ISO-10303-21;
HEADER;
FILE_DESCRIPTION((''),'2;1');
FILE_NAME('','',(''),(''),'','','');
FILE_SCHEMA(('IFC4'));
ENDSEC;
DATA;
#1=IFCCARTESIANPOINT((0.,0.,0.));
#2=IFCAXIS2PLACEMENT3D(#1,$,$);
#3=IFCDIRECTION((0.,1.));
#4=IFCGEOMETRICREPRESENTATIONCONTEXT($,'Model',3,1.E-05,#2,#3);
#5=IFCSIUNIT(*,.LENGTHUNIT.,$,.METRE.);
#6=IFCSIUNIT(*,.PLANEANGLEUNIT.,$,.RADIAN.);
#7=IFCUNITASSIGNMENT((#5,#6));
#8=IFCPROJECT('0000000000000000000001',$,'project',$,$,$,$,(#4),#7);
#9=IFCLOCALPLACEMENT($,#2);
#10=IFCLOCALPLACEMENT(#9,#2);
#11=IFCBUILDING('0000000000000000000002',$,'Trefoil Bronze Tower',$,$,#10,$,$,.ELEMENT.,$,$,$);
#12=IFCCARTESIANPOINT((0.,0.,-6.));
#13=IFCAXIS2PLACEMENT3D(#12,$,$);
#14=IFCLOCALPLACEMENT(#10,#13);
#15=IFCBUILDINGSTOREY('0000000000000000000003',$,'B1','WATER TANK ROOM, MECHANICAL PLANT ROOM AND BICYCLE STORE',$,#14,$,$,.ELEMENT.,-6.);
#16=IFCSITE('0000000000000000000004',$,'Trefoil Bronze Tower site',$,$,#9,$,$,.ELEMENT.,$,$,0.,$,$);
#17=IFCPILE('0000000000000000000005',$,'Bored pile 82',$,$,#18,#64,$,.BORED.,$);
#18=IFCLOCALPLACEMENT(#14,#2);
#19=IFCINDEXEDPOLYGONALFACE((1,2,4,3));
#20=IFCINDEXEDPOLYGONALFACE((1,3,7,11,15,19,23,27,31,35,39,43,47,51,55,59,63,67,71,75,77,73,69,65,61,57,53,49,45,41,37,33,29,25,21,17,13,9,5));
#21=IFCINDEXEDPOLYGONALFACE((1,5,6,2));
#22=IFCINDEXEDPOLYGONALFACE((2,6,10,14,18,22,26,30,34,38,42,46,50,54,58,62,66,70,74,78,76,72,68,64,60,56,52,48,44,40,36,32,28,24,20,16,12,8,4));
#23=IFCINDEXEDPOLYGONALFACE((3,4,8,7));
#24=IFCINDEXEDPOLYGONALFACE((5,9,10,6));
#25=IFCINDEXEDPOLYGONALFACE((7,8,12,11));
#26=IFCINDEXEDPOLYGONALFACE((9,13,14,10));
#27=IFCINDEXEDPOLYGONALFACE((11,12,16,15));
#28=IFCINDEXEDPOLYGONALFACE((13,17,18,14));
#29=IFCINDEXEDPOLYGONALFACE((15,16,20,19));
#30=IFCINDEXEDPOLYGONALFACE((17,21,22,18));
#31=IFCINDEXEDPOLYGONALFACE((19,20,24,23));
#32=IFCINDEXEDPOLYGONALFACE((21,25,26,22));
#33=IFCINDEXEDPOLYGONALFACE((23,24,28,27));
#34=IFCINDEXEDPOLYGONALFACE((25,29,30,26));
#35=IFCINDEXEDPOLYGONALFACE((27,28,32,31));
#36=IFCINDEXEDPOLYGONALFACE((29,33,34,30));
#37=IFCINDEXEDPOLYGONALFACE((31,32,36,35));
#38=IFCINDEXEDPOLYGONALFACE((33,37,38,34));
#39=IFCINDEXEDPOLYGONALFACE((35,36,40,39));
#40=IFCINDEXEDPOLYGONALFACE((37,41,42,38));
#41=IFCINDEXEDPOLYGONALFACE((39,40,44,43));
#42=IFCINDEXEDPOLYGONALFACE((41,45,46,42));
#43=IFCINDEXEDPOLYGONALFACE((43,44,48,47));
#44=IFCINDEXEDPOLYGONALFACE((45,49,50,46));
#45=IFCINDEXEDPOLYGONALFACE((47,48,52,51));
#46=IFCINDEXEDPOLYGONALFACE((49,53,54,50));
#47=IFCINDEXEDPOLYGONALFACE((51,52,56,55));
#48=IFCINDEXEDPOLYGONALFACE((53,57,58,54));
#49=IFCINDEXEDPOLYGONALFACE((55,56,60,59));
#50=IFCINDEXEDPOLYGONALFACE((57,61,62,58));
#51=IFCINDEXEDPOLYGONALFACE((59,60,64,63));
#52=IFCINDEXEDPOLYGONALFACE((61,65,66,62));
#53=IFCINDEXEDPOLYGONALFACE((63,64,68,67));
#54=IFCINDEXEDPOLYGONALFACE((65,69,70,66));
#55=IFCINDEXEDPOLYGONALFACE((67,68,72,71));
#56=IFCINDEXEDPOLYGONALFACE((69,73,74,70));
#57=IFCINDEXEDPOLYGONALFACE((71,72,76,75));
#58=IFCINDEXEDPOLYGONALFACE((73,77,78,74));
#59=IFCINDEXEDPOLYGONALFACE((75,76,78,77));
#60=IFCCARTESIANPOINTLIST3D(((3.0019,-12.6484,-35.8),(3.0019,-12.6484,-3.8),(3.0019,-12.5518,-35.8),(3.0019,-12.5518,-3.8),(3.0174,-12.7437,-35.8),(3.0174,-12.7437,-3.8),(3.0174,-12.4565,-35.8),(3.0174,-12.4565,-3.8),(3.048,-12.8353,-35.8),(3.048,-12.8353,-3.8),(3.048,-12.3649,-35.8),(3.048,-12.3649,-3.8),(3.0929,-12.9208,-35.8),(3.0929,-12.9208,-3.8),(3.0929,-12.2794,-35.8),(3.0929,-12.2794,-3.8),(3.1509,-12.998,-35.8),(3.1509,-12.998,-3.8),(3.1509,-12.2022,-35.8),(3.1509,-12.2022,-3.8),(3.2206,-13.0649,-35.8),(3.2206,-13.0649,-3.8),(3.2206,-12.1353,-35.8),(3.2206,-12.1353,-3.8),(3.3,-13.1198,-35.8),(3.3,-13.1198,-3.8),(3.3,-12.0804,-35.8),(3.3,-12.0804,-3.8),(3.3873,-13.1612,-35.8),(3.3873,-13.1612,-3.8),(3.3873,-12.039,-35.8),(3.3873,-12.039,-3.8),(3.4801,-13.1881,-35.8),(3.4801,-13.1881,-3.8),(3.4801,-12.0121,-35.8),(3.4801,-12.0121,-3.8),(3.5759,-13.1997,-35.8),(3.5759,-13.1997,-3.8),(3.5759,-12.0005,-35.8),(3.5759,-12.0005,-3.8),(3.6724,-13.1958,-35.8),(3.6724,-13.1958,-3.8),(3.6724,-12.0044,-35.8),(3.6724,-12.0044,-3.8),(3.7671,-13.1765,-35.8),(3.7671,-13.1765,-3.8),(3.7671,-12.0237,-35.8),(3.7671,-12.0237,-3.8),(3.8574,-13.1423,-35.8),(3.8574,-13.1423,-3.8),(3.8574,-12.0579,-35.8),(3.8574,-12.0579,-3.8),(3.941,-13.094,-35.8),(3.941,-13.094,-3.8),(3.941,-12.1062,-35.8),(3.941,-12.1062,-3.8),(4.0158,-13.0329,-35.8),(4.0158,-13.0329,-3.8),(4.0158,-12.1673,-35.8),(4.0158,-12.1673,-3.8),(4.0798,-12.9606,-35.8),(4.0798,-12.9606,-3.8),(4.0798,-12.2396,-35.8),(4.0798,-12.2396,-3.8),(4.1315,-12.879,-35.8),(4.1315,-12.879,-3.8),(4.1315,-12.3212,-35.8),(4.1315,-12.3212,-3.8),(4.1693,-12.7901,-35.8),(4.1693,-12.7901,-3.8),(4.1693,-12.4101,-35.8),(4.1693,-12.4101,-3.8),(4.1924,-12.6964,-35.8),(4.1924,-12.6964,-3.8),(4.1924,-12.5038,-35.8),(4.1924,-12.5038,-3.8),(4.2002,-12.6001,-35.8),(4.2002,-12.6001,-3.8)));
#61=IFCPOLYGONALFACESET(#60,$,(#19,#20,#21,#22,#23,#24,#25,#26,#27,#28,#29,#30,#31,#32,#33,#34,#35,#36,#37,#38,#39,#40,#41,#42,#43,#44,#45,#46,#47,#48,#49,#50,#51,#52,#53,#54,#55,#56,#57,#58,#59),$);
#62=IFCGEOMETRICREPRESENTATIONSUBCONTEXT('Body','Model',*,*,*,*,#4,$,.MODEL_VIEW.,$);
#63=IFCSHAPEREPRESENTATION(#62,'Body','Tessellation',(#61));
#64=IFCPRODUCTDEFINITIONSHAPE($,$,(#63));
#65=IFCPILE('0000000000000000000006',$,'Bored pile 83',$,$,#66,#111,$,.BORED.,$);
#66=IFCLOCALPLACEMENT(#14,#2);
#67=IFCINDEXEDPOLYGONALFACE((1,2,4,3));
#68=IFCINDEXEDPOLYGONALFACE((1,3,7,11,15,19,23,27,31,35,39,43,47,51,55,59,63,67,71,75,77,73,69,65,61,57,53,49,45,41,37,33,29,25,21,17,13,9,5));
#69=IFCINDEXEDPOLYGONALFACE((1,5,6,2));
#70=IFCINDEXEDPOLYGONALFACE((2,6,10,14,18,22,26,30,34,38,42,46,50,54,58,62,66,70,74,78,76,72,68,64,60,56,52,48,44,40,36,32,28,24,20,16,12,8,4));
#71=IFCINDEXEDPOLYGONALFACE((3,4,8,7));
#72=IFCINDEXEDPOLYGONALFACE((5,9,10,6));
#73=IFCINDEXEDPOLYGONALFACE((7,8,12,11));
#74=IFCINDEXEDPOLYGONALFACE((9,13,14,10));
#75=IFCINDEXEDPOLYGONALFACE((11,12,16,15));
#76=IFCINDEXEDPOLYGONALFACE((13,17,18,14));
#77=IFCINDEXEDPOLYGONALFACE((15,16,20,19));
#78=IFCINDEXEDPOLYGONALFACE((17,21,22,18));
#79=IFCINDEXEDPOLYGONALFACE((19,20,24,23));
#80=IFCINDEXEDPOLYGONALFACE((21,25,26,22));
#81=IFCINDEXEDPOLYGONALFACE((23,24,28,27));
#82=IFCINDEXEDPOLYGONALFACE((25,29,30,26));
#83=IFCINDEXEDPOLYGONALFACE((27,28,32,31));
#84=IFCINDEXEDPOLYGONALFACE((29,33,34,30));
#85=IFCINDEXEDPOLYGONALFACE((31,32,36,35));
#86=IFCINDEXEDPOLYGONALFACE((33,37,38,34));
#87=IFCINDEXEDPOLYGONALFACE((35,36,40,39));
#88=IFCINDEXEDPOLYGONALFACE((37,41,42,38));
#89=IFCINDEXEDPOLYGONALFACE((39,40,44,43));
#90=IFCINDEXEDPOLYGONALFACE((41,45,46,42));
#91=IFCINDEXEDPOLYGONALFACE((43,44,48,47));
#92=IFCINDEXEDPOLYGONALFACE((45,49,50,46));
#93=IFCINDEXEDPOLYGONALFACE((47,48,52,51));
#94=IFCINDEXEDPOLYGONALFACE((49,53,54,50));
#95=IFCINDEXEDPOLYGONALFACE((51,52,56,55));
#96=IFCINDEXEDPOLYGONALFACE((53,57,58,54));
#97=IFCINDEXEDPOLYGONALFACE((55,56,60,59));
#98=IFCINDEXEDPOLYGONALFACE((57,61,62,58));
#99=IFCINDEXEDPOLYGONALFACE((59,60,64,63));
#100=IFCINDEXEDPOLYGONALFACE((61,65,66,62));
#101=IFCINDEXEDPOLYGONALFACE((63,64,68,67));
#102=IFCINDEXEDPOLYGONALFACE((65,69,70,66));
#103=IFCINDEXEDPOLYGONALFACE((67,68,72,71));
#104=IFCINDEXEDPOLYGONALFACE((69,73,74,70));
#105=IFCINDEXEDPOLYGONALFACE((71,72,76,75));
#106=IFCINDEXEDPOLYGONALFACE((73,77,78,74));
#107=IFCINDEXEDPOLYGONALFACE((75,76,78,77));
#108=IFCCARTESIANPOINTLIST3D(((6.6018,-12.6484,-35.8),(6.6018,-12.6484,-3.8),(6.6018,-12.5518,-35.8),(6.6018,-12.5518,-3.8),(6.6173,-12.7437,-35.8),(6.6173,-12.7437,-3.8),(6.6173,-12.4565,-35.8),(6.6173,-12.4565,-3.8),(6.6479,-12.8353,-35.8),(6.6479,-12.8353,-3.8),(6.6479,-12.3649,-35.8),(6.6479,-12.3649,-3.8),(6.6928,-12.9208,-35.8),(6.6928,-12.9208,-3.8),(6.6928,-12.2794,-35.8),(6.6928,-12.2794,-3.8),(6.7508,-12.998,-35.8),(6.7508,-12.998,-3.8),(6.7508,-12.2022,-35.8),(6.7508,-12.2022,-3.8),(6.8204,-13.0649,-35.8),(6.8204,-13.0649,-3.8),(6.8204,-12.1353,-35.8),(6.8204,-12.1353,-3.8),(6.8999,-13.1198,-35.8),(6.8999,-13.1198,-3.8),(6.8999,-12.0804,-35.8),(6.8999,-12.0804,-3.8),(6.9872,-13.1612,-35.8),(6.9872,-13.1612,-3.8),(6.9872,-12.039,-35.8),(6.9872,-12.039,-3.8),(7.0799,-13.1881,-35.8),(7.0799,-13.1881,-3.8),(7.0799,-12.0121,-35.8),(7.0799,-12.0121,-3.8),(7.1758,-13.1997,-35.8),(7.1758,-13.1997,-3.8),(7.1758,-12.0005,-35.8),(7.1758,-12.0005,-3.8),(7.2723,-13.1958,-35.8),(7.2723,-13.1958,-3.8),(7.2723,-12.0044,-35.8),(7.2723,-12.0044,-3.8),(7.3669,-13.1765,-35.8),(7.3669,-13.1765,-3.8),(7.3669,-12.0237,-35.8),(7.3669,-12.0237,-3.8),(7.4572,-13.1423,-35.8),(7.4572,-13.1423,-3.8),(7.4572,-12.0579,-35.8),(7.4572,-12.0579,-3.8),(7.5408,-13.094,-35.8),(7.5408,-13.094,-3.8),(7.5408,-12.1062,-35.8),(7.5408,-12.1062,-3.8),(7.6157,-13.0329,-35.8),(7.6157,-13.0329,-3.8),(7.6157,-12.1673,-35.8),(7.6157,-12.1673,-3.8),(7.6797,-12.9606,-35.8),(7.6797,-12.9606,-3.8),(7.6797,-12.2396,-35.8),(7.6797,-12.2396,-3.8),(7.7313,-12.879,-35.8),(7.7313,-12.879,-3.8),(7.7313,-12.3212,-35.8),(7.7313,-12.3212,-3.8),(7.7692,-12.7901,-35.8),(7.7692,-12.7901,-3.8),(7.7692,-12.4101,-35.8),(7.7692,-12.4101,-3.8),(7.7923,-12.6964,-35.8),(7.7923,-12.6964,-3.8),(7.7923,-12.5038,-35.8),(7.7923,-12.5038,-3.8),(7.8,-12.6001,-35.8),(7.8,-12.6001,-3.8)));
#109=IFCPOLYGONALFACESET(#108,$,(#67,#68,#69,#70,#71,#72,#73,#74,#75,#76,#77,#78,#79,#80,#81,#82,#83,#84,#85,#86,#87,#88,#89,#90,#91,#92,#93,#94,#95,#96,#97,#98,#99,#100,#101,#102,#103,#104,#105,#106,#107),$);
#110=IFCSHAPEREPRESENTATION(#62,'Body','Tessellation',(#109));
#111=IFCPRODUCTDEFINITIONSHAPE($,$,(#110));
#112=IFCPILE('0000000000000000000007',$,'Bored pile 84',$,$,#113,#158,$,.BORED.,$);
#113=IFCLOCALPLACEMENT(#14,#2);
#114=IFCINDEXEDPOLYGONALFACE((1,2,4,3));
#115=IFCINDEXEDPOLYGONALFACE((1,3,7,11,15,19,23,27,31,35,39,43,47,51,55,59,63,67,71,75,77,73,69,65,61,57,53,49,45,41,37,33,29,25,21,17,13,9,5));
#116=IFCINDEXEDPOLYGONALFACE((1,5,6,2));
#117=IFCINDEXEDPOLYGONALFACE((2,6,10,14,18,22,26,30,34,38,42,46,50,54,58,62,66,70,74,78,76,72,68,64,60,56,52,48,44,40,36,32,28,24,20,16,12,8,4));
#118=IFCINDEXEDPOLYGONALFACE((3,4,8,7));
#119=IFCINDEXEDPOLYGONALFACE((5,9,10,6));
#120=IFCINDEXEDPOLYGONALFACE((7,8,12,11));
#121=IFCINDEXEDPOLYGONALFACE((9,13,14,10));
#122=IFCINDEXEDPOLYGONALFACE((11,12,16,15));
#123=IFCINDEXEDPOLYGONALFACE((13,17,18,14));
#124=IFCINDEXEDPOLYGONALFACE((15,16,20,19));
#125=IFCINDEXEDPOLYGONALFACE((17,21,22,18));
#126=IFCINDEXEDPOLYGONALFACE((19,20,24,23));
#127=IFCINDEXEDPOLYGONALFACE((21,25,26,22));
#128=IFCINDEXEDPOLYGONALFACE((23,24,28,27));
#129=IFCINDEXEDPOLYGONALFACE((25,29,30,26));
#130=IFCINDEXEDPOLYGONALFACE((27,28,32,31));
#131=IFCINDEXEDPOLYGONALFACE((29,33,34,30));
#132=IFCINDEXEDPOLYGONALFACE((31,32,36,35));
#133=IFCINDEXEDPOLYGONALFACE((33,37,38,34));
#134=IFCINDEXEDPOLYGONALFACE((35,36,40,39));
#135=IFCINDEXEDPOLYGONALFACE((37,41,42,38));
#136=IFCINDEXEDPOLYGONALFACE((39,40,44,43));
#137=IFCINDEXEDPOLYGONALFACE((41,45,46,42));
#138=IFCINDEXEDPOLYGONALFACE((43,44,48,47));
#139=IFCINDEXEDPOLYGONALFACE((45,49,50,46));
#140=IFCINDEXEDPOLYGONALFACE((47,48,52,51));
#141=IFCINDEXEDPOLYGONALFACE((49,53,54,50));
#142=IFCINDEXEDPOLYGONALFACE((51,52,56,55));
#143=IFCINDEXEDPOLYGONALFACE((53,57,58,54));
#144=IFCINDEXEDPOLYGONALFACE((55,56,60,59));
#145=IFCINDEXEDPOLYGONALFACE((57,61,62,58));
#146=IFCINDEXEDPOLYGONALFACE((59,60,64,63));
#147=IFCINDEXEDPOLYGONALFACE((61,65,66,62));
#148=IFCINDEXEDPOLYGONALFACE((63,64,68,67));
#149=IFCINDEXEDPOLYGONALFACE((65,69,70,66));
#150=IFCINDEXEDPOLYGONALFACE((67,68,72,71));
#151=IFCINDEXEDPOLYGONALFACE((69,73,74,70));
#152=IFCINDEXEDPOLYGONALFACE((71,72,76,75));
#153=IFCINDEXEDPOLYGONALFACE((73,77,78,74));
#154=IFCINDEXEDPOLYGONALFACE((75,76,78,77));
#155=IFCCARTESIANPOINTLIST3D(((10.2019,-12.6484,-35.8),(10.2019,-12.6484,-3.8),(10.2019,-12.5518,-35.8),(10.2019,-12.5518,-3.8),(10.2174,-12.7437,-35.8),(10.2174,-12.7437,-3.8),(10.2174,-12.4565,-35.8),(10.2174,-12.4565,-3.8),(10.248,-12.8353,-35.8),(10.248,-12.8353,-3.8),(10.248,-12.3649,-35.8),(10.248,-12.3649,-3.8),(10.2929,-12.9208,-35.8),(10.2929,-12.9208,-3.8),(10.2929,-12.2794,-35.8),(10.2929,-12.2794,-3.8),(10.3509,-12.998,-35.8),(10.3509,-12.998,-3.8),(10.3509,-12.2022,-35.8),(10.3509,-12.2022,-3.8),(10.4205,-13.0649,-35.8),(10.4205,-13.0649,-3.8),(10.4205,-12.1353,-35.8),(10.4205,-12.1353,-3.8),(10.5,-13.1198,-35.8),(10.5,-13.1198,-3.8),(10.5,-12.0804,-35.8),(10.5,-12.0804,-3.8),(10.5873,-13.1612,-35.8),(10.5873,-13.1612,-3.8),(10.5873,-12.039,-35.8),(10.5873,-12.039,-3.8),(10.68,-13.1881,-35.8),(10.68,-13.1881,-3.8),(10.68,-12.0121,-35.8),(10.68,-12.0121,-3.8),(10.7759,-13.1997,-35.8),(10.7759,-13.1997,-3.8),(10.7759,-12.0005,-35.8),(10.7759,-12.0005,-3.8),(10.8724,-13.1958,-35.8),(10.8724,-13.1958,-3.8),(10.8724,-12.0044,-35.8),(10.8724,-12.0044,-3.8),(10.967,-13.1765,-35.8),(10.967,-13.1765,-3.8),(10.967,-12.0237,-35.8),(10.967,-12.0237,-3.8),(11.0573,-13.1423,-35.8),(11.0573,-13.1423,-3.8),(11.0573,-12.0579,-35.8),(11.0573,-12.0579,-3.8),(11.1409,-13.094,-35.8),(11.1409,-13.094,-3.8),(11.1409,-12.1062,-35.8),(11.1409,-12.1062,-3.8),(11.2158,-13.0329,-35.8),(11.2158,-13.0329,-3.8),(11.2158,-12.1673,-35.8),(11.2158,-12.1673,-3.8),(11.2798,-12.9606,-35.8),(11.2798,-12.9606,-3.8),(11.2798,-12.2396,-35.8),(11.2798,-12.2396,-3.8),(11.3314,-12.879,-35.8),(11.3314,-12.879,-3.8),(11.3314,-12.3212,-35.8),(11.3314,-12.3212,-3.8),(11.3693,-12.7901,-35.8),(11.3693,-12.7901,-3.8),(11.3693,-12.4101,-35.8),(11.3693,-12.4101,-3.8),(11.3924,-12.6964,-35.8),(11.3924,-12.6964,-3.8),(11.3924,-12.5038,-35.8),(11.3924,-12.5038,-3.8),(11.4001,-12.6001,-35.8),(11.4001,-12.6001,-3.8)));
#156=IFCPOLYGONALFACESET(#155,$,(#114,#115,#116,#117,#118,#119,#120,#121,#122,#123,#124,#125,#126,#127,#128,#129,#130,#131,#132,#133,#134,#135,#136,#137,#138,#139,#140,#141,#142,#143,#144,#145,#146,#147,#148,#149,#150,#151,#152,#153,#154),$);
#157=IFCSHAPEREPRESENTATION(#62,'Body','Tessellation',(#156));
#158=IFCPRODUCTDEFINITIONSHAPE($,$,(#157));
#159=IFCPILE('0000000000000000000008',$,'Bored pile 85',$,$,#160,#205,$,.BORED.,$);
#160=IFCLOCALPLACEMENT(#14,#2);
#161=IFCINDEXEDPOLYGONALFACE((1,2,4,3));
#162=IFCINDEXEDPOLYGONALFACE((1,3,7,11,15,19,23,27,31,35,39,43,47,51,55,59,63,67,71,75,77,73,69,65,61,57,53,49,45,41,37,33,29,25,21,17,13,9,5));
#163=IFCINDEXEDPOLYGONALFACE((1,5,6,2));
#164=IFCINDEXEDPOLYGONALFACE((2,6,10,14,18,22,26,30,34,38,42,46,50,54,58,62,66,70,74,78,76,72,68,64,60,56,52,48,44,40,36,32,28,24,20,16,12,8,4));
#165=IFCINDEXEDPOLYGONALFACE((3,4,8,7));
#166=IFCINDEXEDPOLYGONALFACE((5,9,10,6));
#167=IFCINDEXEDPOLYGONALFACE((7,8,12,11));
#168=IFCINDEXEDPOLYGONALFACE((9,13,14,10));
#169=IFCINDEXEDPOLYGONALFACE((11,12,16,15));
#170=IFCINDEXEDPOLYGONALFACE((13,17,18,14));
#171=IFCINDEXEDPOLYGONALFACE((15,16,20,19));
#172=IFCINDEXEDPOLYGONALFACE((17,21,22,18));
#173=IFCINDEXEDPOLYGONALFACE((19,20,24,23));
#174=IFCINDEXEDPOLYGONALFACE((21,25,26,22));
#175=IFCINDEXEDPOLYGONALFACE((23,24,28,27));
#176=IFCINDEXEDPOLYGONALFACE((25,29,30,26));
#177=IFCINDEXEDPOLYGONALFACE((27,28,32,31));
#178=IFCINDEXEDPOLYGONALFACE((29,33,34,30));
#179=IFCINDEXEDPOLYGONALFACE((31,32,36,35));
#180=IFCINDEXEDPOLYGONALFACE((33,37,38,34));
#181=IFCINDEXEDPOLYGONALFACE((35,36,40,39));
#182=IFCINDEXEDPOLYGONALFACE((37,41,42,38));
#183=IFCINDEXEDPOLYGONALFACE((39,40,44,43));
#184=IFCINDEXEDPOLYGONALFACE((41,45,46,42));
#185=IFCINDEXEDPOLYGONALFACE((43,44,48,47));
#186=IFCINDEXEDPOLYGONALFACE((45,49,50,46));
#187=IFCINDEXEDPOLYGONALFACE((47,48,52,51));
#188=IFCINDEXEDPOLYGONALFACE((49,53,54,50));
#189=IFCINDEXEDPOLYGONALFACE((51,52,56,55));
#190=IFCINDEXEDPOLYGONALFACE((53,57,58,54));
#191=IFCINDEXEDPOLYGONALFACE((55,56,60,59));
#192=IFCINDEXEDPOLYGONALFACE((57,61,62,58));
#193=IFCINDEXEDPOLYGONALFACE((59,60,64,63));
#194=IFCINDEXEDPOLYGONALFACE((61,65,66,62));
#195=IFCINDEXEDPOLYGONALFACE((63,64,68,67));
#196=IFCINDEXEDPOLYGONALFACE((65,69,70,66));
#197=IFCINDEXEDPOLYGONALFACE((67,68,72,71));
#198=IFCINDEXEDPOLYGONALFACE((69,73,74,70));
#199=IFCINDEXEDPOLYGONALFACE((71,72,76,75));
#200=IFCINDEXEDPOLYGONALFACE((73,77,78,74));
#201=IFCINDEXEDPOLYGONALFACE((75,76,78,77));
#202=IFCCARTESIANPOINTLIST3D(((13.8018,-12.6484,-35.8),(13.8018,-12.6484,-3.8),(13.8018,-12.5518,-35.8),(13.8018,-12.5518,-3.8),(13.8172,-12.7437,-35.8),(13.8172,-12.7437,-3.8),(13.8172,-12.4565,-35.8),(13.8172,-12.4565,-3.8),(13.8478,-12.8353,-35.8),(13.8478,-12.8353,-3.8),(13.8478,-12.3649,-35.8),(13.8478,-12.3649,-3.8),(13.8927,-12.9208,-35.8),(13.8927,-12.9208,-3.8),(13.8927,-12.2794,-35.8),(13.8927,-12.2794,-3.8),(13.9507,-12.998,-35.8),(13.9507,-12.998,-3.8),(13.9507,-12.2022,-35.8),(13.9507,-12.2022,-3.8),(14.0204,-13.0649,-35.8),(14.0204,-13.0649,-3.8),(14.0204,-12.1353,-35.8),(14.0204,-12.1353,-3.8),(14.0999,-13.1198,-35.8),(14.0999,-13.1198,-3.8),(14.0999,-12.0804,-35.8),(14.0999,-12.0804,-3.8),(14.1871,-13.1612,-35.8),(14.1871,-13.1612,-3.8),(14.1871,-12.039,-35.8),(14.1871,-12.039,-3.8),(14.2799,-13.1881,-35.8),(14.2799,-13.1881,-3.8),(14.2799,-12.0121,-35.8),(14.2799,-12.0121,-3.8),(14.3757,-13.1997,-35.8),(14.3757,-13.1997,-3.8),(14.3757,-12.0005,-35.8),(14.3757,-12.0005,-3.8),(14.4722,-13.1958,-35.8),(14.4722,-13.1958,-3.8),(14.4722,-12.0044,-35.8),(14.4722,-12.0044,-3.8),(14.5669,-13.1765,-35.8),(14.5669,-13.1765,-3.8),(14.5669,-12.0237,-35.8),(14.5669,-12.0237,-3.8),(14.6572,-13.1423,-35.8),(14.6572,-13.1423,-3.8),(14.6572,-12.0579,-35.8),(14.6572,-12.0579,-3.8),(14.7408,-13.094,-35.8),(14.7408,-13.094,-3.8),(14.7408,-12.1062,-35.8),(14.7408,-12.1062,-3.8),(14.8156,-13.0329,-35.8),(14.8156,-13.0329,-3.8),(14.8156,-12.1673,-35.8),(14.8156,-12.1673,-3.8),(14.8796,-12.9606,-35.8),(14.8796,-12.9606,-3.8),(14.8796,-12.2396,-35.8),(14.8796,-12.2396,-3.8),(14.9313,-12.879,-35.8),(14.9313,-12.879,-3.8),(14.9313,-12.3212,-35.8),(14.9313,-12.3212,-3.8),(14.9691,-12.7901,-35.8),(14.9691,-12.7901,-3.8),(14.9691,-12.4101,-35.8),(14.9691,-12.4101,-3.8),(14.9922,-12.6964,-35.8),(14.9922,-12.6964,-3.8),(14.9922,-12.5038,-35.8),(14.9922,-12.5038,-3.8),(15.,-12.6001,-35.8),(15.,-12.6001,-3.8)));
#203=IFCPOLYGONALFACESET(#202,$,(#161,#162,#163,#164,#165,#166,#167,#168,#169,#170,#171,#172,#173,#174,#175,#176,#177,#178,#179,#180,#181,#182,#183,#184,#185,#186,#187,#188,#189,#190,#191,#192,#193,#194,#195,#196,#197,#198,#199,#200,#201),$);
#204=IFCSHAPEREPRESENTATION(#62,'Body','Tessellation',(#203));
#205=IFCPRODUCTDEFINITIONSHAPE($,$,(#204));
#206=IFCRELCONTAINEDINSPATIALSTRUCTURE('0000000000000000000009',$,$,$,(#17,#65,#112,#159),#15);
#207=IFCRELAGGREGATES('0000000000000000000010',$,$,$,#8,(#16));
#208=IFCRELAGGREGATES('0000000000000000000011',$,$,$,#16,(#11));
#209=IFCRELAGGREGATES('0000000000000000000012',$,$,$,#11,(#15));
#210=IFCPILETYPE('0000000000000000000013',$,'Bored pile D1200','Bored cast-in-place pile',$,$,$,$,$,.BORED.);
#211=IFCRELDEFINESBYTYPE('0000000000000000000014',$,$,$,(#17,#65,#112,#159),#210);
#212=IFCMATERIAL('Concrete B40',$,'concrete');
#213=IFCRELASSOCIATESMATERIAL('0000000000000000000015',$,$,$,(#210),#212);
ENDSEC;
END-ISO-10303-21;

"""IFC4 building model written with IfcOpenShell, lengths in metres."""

from ifc_helpers import new_model, si_unit, direction, frame, origin, origin_2d, place, context, subcontext, project, spatial, circle, extrude, material, type_object, element, save


model = new_model("IFC4")

# Units and contexts
model_context = context("Model", 3, precision=1e-05, world=origin(), true_north=direction((0.0, 1.0)))
body_context = subcontext(model_context, "Body", "Model", "MODEL_VIEW")
ifc_project = project(units=[si_unit("LENGTHUNIT", "METRE"), si_unit("PLANEANGLEUNIT", "RADIAN")], contexts=[model_context])

# Site, building, storey
site_placement = place(None, origin())
site = spatial("IfcSite", under=ifc_project, at=site_placement, Name="Trefoil Bronze Tower site", CompositionType="ELEMENT", RefElevation=0.0)
building_placement = place(site_placement, origin())
building = spatial("IfcBuilding", under=site, at=building_placement, Name="Trefoil Bronze Tower", CompositionType="ELEMENT")
storey_placement = place(building_placement, frame((0.0, 0.0, -6.0)))
storey = spatial("IfcBuildingStorey", under=building, at=storey_placement, Name="B1", Description="WATER TANK ROOM, MECHANICAL PLANT ROOM AND BICYCLE STORE", CompositionType="ELEMENT", Elevation=-6.0)

# Piles
ifc_material_1 = material(Name="Concrete B40", Category="concrete")
pile_type = type_object("IfcPileType", Name="Bored pile D1200", Description="Bored cast-in-place pile", PredefinedType="BORED", material=ifc_material_1)
for number, where, z_axis, x_axis, name in (
    (1, (3.6001, -12.6001, -3.8), (0.0, 0.0, -1.0), (1.0, 0.0, 0.0), "Bored pile 82"),
    (2, (7.2, -12.6001, -3.8), (0.0, 0.0, -1.0), (1.0, 0.0, 0.0), "Bored pile 83"),
    (3, (10.8, -12.6001, -3.8), (0.0, 0.0, -1.0), (1.0, 0.0, 0.0), "Bored pile 84"),
    (4, (14.3999, -12.6001, -3.8), (0.0, 0.0, -1.0), (1.0, 0.0, 0.0), "Bored pile 85"),
):
    element("IfcPile", number, at=place(storey_placement, frame(where, z_axis=z_axis, x_axis=x_axis)), inside=storey, type_object=pile_type, Name=name, PredefinedType="BORED", context=body_context, shape_type="SweptSolid", body=[
        extrude(circle(Radius=0.6001, at=origin_2d()), origin(), (0.0, 0.0, 1.0), 32.0),
    ])

save(model, "model.ifc")
